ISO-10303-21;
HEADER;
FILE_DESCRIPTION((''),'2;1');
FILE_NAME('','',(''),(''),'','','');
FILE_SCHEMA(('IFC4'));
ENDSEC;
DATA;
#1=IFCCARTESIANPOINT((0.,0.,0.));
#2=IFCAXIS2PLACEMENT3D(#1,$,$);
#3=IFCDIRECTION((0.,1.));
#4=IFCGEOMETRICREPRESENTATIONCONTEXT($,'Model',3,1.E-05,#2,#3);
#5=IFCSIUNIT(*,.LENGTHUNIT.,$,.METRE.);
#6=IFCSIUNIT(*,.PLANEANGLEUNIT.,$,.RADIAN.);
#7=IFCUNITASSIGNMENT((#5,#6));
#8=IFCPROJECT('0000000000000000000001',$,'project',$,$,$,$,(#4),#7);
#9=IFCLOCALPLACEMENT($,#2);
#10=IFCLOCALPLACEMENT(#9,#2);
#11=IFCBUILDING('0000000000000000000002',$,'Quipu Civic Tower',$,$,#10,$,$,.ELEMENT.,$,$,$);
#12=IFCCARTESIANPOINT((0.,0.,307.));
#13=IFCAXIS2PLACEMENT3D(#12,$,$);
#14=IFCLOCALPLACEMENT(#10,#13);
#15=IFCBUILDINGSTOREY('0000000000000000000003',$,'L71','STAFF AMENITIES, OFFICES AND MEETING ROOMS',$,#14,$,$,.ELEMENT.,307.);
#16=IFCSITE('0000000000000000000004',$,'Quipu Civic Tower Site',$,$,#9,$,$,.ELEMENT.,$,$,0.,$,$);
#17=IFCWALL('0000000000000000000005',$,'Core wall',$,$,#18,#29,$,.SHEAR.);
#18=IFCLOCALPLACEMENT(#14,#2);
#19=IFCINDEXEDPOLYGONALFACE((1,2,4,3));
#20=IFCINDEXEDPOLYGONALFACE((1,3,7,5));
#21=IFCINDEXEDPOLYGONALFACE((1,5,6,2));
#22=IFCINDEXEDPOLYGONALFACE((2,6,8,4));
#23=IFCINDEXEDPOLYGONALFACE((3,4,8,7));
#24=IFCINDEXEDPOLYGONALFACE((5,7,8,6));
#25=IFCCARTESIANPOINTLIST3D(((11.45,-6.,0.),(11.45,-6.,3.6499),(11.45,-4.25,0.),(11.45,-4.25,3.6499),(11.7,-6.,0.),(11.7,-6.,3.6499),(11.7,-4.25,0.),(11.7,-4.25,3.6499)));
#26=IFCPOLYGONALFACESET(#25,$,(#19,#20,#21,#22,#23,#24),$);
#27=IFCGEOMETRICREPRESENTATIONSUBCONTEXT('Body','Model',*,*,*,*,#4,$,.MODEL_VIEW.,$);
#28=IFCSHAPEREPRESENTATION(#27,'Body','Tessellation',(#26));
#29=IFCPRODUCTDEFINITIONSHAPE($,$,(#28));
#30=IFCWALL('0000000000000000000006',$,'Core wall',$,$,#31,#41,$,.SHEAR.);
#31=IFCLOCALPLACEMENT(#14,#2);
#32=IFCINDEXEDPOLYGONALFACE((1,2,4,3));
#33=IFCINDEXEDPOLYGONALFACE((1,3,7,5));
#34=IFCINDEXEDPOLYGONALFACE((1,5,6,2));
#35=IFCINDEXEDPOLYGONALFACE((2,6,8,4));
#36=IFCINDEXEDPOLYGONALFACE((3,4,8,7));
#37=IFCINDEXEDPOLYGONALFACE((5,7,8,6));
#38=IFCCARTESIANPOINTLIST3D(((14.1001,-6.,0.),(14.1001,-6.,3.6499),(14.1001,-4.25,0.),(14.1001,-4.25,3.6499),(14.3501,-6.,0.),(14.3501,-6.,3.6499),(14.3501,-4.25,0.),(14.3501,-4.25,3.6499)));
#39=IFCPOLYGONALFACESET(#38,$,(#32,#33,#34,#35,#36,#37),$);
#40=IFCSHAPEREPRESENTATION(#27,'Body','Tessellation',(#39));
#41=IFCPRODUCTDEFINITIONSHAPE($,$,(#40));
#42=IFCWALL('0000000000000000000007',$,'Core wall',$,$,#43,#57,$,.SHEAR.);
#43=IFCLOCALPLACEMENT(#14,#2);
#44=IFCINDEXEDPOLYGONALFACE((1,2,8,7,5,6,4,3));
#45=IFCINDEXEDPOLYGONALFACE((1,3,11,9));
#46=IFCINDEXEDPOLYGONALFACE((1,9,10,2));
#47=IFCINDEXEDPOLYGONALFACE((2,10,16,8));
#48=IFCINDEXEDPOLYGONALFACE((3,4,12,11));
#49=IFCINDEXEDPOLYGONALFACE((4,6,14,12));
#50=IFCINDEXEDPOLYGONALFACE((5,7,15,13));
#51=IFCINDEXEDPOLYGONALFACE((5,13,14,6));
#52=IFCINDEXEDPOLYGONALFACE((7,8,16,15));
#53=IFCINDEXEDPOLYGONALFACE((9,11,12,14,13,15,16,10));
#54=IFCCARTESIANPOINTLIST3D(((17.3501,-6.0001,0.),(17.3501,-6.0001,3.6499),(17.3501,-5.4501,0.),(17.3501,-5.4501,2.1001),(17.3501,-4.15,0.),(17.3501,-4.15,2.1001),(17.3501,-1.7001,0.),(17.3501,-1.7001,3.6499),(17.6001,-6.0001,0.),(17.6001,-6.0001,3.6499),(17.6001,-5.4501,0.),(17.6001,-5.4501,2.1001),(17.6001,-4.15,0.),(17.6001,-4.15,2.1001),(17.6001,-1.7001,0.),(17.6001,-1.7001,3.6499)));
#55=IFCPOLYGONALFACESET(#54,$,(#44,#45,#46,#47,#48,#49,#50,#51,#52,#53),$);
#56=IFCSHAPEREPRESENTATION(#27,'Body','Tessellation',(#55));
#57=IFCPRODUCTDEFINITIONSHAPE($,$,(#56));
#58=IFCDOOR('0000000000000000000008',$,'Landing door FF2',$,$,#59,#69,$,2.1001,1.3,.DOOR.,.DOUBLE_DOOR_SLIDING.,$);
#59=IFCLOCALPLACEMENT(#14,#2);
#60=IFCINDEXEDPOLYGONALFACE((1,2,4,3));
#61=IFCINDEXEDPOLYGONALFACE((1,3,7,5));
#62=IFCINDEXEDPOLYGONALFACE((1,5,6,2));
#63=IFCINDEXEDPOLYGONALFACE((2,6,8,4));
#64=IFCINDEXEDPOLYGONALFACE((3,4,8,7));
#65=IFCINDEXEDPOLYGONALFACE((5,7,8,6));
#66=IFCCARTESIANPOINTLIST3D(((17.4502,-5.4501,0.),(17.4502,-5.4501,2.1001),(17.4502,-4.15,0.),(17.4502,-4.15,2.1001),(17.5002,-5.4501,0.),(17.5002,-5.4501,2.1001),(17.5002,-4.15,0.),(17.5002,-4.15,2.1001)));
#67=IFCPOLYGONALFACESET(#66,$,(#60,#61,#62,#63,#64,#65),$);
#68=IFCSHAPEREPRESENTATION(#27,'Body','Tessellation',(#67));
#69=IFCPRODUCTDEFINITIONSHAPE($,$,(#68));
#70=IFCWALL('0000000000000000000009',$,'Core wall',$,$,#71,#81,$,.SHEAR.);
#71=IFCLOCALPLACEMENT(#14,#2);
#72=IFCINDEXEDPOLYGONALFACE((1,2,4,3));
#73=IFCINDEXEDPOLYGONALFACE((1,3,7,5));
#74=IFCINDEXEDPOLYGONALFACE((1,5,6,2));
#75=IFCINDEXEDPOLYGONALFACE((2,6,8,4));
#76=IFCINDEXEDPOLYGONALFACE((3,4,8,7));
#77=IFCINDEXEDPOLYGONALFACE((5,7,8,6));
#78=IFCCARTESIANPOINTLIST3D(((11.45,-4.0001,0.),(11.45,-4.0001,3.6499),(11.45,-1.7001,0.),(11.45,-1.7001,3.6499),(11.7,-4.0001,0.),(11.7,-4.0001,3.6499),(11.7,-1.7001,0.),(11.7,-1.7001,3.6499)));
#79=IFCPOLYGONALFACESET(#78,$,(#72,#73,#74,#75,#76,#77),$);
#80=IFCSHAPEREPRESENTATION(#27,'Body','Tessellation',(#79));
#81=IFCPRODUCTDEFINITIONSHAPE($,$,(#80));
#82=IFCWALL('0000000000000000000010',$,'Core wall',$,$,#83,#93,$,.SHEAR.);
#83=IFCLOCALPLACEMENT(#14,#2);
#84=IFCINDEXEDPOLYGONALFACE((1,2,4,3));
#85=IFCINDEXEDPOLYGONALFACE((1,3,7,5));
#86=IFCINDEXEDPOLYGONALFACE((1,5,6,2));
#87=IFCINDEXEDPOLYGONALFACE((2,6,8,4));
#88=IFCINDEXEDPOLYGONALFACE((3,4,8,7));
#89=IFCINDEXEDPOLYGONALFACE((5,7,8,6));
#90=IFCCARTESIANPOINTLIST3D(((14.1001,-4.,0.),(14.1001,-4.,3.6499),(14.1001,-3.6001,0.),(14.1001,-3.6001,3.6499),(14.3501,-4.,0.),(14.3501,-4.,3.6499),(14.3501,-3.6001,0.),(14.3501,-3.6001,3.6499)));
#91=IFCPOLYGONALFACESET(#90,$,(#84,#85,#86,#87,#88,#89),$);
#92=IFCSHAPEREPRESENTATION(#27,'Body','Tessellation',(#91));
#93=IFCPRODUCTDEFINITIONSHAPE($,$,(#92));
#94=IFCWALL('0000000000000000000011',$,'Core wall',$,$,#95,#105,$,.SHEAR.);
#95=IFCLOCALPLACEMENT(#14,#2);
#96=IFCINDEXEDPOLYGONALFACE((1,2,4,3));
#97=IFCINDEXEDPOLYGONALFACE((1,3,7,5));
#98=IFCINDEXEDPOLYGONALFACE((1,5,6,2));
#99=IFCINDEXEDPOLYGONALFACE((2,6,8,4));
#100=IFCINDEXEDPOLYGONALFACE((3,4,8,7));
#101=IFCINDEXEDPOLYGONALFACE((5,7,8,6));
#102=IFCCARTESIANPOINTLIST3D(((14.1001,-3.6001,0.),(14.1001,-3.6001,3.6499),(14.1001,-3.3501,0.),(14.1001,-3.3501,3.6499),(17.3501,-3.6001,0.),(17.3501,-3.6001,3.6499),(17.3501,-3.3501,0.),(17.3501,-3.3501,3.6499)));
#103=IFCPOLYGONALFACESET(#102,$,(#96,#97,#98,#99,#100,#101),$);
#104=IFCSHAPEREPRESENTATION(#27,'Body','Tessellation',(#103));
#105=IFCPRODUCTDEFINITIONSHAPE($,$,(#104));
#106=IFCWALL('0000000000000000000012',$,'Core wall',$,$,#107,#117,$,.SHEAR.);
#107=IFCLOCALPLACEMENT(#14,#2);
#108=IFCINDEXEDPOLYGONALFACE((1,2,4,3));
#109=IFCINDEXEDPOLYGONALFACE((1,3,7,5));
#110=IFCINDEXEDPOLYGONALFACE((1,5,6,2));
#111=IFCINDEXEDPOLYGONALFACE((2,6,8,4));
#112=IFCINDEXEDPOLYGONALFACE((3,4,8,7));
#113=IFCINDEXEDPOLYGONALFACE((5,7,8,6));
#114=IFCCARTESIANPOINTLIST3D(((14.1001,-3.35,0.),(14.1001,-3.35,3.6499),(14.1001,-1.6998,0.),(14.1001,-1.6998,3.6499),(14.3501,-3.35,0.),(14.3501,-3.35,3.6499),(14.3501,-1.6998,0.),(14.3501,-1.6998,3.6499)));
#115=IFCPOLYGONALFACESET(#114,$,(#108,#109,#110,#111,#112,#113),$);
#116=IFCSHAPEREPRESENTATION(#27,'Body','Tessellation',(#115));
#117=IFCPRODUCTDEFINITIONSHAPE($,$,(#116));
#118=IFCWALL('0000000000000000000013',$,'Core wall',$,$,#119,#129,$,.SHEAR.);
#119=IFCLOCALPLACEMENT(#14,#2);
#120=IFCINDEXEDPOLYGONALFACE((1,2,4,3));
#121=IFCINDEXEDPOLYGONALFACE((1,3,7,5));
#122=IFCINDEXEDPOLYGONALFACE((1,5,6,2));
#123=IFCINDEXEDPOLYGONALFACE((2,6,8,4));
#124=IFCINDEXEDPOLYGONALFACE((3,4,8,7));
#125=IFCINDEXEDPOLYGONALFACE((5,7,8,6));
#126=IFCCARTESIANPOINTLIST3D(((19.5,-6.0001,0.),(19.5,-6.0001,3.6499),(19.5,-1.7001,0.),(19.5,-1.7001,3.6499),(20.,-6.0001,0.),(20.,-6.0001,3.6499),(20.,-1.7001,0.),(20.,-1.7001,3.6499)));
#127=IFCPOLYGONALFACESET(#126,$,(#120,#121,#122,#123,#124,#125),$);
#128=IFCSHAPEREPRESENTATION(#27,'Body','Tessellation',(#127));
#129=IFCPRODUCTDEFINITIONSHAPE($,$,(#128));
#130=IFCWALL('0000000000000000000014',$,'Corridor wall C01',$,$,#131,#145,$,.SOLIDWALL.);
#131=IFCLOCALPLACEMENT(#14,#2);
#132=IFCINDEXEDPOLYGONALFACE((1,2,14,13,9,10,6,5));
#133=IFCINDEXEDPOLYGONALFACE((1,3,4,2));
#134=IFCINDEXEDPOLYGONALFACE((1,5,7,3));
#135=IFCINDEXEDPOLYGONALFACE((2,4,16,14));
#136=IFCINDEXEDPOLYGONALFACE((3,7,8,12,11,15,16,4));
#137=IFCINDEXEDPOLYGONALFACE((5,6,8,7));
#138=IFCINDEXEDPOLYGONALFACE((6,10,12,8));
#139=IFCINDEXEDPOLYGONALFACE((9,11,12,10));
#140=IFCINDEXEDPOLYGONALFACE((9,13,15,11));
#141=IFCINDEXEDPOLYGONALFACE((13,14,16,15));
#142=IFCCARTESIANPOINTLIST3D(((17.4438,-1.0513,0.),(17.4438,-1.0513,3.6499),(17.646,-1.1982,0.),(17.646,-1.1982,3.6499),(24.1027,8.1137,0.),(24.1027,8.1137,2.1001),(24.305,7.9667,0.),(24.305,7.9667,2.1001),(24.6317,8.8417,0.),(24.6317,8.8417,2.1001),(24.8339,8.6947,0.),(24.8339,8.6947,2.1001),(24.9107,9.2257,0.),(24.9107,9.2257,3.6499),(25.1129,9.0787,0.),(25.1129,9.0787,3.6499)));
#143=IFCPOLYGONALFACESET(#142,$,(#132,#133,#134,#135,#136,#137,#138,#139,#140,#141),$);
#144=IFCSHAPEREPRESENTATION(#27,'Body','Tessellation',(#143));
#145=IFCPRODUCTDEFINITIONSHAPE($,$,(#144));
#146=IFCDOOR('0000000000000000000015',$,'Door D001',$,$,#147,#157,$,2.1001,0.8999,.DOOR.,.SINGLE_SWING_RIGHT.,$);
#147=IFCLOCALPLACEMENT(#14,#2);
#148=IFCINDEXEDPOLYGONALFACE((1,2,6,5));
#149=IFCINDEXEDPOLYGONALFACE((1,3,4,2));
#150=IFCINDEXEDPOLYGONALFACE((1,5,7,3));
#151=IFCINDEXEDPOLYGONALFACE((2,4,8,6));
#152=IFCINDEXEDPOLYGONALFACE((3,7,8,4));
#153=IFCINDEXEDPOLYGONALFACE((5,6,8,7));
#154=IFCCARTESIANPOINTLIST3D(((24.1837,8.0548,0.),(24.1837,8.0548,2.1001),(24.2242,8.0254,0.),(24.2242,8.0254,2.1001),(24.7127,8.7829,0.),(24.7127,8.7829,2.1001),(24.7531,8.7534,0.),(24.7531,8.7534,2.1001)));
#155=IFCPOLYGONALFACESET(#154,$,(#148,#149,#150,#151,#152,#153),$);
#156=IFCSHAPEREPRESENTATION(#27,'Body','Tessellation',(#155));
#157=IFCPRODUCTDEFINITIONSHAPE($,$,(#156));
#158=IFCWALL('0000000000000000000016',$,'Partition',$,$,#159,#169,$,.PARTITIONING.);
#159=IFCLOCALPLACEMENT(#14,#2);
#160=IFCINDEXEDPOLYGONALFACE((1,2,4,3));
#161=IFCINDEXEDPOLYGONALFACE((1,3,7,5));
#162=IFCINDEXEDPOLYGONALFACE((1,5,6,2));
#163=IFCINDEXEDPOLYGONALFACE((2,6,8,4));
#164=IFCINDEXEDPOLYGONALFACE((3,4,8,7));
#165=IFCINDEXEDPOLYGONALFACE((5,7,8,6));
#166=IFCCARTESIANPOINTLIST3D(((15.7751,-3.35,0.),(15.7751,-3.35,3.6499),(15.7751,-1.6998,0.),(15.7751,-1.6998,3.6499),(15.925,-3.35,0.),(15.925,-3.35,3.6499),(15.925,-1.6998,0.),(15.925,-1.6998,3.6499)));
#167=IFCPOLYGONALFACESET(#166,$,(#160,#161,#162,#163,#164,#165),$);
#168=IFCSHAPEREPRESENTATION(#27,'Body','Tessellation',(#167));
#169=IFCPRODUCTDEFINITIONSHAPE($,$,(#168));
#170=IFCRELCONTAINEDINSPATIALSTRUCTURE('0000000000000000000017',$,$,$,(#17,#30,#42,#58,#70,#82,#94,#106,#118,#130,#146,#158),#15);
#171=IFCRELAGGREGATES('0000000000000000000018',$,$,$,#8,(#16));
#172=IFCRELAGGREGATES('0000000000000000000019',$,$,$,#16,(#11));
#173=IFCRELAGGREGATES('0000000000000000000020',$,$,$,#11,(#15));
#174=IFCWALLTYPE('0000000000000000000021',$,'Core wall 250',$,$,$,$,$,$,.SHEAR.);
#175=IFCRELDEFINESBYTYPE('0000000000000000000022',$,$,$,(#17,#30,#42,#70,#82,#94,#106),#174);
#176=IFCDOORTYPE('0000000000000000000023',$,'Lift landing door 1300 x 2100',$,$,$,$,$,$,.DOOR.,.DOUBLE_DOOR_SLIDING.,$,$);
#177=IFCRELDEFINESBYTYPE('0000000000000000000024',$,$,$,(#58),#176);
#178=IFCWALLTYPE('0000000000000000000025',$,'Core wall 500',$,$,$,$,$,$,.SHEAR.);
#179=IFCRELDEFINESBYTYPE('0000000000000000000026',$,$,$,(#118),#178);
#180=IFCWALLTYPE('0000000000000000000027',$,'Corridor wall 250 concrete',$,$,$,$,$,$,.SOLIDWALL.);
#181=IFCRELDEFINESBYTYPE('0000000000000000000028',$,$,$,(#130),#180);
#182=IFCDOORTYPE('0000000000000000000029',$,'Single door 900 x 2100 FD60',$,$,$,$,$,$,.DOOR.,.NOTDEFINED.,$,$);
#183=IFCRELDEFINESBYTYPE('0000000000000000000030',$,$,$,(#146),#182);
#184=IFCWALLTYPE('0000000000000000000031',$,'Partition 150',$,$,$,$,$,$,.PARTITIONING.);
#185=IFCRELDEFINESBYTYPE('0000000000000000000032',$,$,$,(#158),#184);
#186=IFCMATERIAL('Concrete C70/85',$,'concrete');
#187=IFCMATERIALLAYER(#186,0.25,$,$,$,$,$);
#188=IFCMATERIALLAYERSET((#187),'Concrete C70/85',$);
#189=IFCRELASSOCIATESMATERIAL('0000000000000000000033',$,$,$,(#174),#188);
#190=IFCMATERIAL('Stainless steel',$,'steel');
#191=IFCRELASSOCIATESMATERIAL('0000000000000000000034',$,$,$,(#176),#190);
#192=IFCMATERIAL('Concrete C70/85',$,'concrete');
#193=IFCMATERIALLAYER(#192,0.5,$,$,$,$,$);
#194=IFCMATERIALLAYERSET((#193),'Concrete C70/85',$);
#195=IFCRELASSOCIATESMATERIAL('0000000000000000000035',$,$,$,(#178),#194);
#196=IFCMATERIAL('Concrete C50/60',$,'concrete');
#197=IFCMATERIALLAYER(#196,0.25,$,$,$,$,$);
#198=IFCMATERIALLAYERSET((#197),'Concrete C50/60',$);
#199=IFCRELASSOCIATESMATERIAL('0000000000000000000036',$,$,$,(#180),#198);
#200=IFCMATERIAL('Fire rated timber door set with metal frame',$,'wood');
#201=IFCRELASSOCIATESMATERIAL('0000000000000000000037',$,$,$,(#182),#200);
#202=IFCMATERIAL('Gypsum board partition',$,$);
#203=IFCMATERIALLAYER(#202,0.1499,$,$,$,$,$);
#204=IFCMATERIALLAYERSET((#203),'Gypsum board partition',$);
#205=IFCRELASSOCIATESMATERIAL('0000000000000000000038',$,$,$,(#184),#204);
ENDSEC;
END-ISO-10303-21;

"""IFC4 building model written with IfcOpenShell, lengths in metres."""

from ifc_helpers import new_model, si_unit, direction, frame, frame_2d, origin, place, context, subcontext, project, spatial, rectangle, extrude, material, layer, layer_set, type_object, element, fill, save


model = new_model("IFC4")

# Units and contexts
model_context = context("Model", 3, precision=1e-05, world=origin(), true_north=direction((0.0, 1.0)))
body_context = subcontext(model_context, "Body", "Model", "MODEL_VIEW")
ifc_project = project(units=[si_unit("LENGTHUNIT", "METRE"), si_unit("PLANEANGLEUNIT", "RADIAN")], contexts=[model_context])

# Site, building, storey
site_placement = place(None, origin())
site = spatial("IfcSite", under=ifc_project, at=site_placement, Name="Quipu Civic Tower Site", CompositionType="ELEMENT", RefElevation=0.0)
building_placement = place(site_placement, origin())
building = spatial("IfcBuilding", under=site, at=building_placement, Name="Quipu Civic Tower", CompositionType="ELEMENT")
storey_placement = place(building_placement, frame((0.0, 0.0, 307.0)))
storey = spatial("IfcBuildingStorey", under=building, at=storey_placement, Name="L71", Description="STAFF AMENITIES, OFFICES AND MEETING ROOMS", CompositionType="ELEMENT", Elevation=307.0)

# Walls
ifc_material_1 = material(Name="Concrete C70/85", Category="concrete")
ifc_layer_1 = layer(ifc_material_1, 0.25)
ifc_layer_set_1 = layer_set([ifc_layer_1], Name="Concrete C70/85")
wall_type_1 = type_object("IfcWallType", Name="Core wall 250", PredefinedType="SHEAR", material=ifc_layer_set_1)
for number, where, z_axis, x_axis, name in (
    (1, (11.575, -6.0, 0.0), (0.0, 0.0, 1.0), (0.0, 1.0, 0.0), "Core wall"),
    (2, (14.2251, -6.0, 0.0), (0.0, 0.0, 1.0), (0.0, 1.0, 0.0), "Core wall"),
):
    element("IfcWall", number, at=place(storey_placement, frame(where, z_axis=z_axis, x_axis=x_axis)), inside=storey, type_object=wall_type_1, Name=name, PredefinedType="SHEAR", context=body_context, shape_type="SweptSolid", body=[
        extrude(rectangle(XDim=1.75, YDim=0.25, at=frame_2d((0.875, 0.0))), origin(), (0.0, 0.0, 1.0), 3.6499),
    ])

# Wall, opening, door
wall_1_placement = place(storey_placement, frame((17.4751, -6.0, 0.0), z_axis=(0.0, 0.0, 1.0), x_axis=(0.0, 1.0, 0.0)))
wall_1 = element("IfcWall", 3, at=wall_1_placement, inside=storey, type_object=wall_type_1, Name="Core wall", PredefinedType="SHEAR", context=body_context, shape_type="SweptSolid", body=[
    extrude(rectangle(XDim=4.3, YDim=0.25, at=frame_2d((2.1499, 0.0))), origin(), (0.0, 0.0, 1.0), 3.6499),
])
opening_1_placement = place(wall_1_placement, frame((0.55, 0.0, 0.0)))
opening_1 = element("IfcOpeningElement", 4, at=opening_1_placement, cuts=wall_1, PredefinedType="OPENING", context=body_context, shape_type="SweptSolid", body=[
    extrude(rectangle(XDim=1.3, YDim=2.1001, at=frame_2d((0.6499, 1.05))), frame((0.0, 0.135, 0.0), z_axis=(0.0, -1.0, 0.0), x_axis=(1.0, 0.0, 0.0)), (0.0, 0.0, 1.0), 0.27),
])
ifc_material_2 = material(Name="Stainless steel", Category="steel")
door_type_1 = type_object("IfcDoorType", Name="Lift landing door 1300 x 2100", OperationType="DOUBLE_DOOR_SLIDING", PredefinedType="DOOR", material=ifc_material_2)
door_1_placement = place(opening_1_placement, origin())
door_1 = element("IfcDoor", 5, at=door_1_placement, inside=storey, type_object=door_type_1, Name="Landing door FF2", OperationType="DOUBLE_DOOR_SLIDING", OverallHeight=2.1001, OverallWidth=1.3, PredefinedType="DOOR", context=body_context, shape_type="SweptSolid", body=[
    extrude(rectangle(XDim=1.3, YDim=2.1001, at=frame_2d((0.6499, 1.05))), frame((0.0, 0.0249, 0.0), z_axis=(0.0, -1.0, 0.0), x_axis=(1.0, 0.0, 0.0)), (0.0, 0.0, 1.0), 0.05),
])
fill(opening_1, door_1)

# Walls
wall_2_placement = place(storey_placement, frame((11.575, -4.0, 0.0), z_axis=(0.0, 0.0, 1.0), x_axis=(0.0, 1.0, 0.0)))
element("IfcWall", 6, at=wall_2_placement, inside=storey, type_object=wall_type_1, Name="Core wall", PredefinedType="SHEAR", context=body_context, shape_type="SweptSolid", body=[
    extrude(rectangle(XDim=2.3, YDim=0.25, at=frame_2d((1.1499, 0.0))), origin(), (0.0, 0.0, 1.0), 3.6499),
])
wall_3_placement = place(storey_placement, frame((14.2251, -4.0, 0.0), z_axis=(0.0, 0.0, 1.0), x_axis=(0.0, 1.0, 0.0)))
element("IfcWall", 7, at=wall_3_placement, inside=storey, type_object=wall_type_1, Name="Core wall", PredefinedType="SHEAR", context=body_context, shape_type="SweptSolid", body=[
    extrude(rectangle(XDim=0.3999, YDim=0.25, at=frame_2d((0.2, 0.0))), origin(), (0.0, 0.0, 1.0), 3.6499),
])
wall_4_placement = place(storey_placement, frame((14.1001, -3.4751, 0.0), z_axis=(0.0, 0.0, 1.0), x_axis=(1.0, 0.0, 0.0)))
element("IfcWall", 8, at=wall_4_placement, inside=storey, type_object=wall_type_1, Name="Core wall", PredefinedType="SHEAR", context=body_context, shape_type="SweptSolid", body=[
    extrude(rectangle(XDim=3.25, YDim=0.25, at=frame_2d((1.625, 0.0))), origin(), (0.0, 0.0, 1.0), 3.6499),
])
wall_5_placement = place(storey_placement, frame((14.2251, -3.3501, 0.0), z_axis=(0.0, 0.0, 1.0), x_axis=(0.0, 1.0, 0.0)))
element("IfcWall", 9, at=wall_5_placement, inside=storey, type_object=wall_type_1, Name="Core wall", PredefinedType="SHEAR", context=body_context, shape_type="SweptSolid", body=[
    extrude(rectangle(XDim=1.6501, YDim=0.25, at=frame_2d((0.8252, 0.0))), origin(), (0.0, 0.0, 1.0), 3.6499),
])
ifc_material_3 = material(Name="Concrete C70/85", Category="concrete")
ifc_layer_2 = layer(ifc_material_3, 0.5)
ifc_layer_set_2 = layer_set([ifc_layer_2], Name="Concrete C70/85")
wall_type_2 = type_object("IfcWallType", Name="Core wall 500", PredefinedType="SHEAR", material=ifc_layer_set_2)
wall_6_placement = place(storey_placement, frame((19.75, -6.0, 0.0), z_axis=(0.0, 0.0, 1.0), x_axis=(0.0, 1.0, 0.0)))
element("IfcWall", 10, at=wall_6_placement, inside=storey, type_object=wall_type_2, Name="Core wall", PredefinedType="SHEAR", context=body_context, shape_type="SweptSolid", body=[
    extrude(rectangle(XDim=4.3, YDim=0.5, at=frame_2d((2.1499, 0.0))), origin(), (0.0, 0.0, 1.0), 3.6499),
])

# Wall, opening, door
ifc_material_4 = material(Name="Concrete C50/60", Category="concrete")
ifc_layer_3 = layer(ifc_material_4, 0.25)
ifc_layer_set_3 = layer_set([ifc_layer_3], Name="Concrete C50/60")
wall_type_3 = type_object("IfcWallType", Name="Corridor wall 250 concrete", PredefinedType="SOLIDWALL", material=ifc_layer_set_3)
wall_7_placement = place(storey_placement, frame((17.5449, -1.1248, 0.0), z_axis=(0.0, 0.0, 1.0), x_axis=(0.587797, 0.809009, 0.0)))
wall_7 = element("IfcWall", 11, at=wall_7_placement, inside=storey, type_object=wall_type_3, Name="Corridor wall C01", PredefinedType="SOLIDWALL", context=body_context, shape_type="SweptSolid", body=[
    extrude(rectangle(XDim=12.7031, YDim=0.25, at=frame_2d((6.3516, 0.0))), origin(), (0.0, 0.0, 1.0), 3.6499),
])
opening_2_placement = place(wall_7_placement, frame((11.3286, 0.0, 0.0)))
opening_2 = element("IfcOpeningElement", 12, at=opening_2_placement, cuts=wall_7, PredefinedType="OPENING", context=body_context, shape_type="SweptSolid", body=[
    extrude(rectangle(XDim=0.8999, YDim=2.1001, at=frame_2d((0.45, 1.05))), frame((0.0, 0.135, 0.0), z_axis=(0.0, -1.0, 0.0), x_axis=(1.0, 0.0, 0.0)), (0.0, 0.0, 1.0), 0.27),
])
ifc_material_5 = material(Name="Fire rated timber door set with metal frame", Category="wood")
door_type_2 = type_object("IfcDoorType", Name="Single door 900 x 2100 FD60", OperationType="NOTDEFINED", PredefinedType="DOOR", material=ifc_material_5)
door_2_placement = place(opening_2_placement, origin())
door_2 = element("IfcDoor", 13, at=door_2_placement, inside=storey, type_object=door_type_2, Name="Door D001", OperationType="SINGLE_SWING_RIGHT", OverallHeight=2.1001, OverallWidth=0.8999, PredefinedType="DOOR", context=body_context, shape_type="SweptSolid", body=[
    extrude(rectangle(XDim=0.8999, YDim=2.1001, at=frame_2d((0.45, 1.05))), frame((0.0, 0.0249, 0.0), z_axis=(0.0, -1.0, 0.0), x_axis=(1.0, 0.0, 0.0)), (0.0, 0.0, 1.0), 0.05),
])
fill(opening_2, door_2)

# Wall
ifc_material_6 = material(Name="Gypsum board partition")
ifc_layer_4 = layer(ifc_material_6, 0.1499)
ifc_layer_set_4 = layer_set([ifc_layer_4], Name="Gypsum board partition")
wall_type_4 = type_object("IfcWallType", Name="Partition 150", PredefinedType="PARTITIONING", material=ifc_layer_set_4)
wall_8_placement = place(storey_placement, frame((15.8501, -3.3501, 0.0), z_axis=(0.0, 0.0, 1.0), x_axis=(0.0, 1.0, 0.0)))
element("IfcWall", 14, at=wall_8_placement, inside=storey, type_object=wall_type_4, Name="Partition", PredefinedType="PARTITIONING", context=body_context, shape_type="SweptSolid", body=[
    extrude(rectangle(XDim=1.6501, YDim=0.1499, at=frame_2d((0.8252, 0.0))), origin(), (0.0, 0.0, 1.0), 3.6499),
])

save(model, "model.ifc")
